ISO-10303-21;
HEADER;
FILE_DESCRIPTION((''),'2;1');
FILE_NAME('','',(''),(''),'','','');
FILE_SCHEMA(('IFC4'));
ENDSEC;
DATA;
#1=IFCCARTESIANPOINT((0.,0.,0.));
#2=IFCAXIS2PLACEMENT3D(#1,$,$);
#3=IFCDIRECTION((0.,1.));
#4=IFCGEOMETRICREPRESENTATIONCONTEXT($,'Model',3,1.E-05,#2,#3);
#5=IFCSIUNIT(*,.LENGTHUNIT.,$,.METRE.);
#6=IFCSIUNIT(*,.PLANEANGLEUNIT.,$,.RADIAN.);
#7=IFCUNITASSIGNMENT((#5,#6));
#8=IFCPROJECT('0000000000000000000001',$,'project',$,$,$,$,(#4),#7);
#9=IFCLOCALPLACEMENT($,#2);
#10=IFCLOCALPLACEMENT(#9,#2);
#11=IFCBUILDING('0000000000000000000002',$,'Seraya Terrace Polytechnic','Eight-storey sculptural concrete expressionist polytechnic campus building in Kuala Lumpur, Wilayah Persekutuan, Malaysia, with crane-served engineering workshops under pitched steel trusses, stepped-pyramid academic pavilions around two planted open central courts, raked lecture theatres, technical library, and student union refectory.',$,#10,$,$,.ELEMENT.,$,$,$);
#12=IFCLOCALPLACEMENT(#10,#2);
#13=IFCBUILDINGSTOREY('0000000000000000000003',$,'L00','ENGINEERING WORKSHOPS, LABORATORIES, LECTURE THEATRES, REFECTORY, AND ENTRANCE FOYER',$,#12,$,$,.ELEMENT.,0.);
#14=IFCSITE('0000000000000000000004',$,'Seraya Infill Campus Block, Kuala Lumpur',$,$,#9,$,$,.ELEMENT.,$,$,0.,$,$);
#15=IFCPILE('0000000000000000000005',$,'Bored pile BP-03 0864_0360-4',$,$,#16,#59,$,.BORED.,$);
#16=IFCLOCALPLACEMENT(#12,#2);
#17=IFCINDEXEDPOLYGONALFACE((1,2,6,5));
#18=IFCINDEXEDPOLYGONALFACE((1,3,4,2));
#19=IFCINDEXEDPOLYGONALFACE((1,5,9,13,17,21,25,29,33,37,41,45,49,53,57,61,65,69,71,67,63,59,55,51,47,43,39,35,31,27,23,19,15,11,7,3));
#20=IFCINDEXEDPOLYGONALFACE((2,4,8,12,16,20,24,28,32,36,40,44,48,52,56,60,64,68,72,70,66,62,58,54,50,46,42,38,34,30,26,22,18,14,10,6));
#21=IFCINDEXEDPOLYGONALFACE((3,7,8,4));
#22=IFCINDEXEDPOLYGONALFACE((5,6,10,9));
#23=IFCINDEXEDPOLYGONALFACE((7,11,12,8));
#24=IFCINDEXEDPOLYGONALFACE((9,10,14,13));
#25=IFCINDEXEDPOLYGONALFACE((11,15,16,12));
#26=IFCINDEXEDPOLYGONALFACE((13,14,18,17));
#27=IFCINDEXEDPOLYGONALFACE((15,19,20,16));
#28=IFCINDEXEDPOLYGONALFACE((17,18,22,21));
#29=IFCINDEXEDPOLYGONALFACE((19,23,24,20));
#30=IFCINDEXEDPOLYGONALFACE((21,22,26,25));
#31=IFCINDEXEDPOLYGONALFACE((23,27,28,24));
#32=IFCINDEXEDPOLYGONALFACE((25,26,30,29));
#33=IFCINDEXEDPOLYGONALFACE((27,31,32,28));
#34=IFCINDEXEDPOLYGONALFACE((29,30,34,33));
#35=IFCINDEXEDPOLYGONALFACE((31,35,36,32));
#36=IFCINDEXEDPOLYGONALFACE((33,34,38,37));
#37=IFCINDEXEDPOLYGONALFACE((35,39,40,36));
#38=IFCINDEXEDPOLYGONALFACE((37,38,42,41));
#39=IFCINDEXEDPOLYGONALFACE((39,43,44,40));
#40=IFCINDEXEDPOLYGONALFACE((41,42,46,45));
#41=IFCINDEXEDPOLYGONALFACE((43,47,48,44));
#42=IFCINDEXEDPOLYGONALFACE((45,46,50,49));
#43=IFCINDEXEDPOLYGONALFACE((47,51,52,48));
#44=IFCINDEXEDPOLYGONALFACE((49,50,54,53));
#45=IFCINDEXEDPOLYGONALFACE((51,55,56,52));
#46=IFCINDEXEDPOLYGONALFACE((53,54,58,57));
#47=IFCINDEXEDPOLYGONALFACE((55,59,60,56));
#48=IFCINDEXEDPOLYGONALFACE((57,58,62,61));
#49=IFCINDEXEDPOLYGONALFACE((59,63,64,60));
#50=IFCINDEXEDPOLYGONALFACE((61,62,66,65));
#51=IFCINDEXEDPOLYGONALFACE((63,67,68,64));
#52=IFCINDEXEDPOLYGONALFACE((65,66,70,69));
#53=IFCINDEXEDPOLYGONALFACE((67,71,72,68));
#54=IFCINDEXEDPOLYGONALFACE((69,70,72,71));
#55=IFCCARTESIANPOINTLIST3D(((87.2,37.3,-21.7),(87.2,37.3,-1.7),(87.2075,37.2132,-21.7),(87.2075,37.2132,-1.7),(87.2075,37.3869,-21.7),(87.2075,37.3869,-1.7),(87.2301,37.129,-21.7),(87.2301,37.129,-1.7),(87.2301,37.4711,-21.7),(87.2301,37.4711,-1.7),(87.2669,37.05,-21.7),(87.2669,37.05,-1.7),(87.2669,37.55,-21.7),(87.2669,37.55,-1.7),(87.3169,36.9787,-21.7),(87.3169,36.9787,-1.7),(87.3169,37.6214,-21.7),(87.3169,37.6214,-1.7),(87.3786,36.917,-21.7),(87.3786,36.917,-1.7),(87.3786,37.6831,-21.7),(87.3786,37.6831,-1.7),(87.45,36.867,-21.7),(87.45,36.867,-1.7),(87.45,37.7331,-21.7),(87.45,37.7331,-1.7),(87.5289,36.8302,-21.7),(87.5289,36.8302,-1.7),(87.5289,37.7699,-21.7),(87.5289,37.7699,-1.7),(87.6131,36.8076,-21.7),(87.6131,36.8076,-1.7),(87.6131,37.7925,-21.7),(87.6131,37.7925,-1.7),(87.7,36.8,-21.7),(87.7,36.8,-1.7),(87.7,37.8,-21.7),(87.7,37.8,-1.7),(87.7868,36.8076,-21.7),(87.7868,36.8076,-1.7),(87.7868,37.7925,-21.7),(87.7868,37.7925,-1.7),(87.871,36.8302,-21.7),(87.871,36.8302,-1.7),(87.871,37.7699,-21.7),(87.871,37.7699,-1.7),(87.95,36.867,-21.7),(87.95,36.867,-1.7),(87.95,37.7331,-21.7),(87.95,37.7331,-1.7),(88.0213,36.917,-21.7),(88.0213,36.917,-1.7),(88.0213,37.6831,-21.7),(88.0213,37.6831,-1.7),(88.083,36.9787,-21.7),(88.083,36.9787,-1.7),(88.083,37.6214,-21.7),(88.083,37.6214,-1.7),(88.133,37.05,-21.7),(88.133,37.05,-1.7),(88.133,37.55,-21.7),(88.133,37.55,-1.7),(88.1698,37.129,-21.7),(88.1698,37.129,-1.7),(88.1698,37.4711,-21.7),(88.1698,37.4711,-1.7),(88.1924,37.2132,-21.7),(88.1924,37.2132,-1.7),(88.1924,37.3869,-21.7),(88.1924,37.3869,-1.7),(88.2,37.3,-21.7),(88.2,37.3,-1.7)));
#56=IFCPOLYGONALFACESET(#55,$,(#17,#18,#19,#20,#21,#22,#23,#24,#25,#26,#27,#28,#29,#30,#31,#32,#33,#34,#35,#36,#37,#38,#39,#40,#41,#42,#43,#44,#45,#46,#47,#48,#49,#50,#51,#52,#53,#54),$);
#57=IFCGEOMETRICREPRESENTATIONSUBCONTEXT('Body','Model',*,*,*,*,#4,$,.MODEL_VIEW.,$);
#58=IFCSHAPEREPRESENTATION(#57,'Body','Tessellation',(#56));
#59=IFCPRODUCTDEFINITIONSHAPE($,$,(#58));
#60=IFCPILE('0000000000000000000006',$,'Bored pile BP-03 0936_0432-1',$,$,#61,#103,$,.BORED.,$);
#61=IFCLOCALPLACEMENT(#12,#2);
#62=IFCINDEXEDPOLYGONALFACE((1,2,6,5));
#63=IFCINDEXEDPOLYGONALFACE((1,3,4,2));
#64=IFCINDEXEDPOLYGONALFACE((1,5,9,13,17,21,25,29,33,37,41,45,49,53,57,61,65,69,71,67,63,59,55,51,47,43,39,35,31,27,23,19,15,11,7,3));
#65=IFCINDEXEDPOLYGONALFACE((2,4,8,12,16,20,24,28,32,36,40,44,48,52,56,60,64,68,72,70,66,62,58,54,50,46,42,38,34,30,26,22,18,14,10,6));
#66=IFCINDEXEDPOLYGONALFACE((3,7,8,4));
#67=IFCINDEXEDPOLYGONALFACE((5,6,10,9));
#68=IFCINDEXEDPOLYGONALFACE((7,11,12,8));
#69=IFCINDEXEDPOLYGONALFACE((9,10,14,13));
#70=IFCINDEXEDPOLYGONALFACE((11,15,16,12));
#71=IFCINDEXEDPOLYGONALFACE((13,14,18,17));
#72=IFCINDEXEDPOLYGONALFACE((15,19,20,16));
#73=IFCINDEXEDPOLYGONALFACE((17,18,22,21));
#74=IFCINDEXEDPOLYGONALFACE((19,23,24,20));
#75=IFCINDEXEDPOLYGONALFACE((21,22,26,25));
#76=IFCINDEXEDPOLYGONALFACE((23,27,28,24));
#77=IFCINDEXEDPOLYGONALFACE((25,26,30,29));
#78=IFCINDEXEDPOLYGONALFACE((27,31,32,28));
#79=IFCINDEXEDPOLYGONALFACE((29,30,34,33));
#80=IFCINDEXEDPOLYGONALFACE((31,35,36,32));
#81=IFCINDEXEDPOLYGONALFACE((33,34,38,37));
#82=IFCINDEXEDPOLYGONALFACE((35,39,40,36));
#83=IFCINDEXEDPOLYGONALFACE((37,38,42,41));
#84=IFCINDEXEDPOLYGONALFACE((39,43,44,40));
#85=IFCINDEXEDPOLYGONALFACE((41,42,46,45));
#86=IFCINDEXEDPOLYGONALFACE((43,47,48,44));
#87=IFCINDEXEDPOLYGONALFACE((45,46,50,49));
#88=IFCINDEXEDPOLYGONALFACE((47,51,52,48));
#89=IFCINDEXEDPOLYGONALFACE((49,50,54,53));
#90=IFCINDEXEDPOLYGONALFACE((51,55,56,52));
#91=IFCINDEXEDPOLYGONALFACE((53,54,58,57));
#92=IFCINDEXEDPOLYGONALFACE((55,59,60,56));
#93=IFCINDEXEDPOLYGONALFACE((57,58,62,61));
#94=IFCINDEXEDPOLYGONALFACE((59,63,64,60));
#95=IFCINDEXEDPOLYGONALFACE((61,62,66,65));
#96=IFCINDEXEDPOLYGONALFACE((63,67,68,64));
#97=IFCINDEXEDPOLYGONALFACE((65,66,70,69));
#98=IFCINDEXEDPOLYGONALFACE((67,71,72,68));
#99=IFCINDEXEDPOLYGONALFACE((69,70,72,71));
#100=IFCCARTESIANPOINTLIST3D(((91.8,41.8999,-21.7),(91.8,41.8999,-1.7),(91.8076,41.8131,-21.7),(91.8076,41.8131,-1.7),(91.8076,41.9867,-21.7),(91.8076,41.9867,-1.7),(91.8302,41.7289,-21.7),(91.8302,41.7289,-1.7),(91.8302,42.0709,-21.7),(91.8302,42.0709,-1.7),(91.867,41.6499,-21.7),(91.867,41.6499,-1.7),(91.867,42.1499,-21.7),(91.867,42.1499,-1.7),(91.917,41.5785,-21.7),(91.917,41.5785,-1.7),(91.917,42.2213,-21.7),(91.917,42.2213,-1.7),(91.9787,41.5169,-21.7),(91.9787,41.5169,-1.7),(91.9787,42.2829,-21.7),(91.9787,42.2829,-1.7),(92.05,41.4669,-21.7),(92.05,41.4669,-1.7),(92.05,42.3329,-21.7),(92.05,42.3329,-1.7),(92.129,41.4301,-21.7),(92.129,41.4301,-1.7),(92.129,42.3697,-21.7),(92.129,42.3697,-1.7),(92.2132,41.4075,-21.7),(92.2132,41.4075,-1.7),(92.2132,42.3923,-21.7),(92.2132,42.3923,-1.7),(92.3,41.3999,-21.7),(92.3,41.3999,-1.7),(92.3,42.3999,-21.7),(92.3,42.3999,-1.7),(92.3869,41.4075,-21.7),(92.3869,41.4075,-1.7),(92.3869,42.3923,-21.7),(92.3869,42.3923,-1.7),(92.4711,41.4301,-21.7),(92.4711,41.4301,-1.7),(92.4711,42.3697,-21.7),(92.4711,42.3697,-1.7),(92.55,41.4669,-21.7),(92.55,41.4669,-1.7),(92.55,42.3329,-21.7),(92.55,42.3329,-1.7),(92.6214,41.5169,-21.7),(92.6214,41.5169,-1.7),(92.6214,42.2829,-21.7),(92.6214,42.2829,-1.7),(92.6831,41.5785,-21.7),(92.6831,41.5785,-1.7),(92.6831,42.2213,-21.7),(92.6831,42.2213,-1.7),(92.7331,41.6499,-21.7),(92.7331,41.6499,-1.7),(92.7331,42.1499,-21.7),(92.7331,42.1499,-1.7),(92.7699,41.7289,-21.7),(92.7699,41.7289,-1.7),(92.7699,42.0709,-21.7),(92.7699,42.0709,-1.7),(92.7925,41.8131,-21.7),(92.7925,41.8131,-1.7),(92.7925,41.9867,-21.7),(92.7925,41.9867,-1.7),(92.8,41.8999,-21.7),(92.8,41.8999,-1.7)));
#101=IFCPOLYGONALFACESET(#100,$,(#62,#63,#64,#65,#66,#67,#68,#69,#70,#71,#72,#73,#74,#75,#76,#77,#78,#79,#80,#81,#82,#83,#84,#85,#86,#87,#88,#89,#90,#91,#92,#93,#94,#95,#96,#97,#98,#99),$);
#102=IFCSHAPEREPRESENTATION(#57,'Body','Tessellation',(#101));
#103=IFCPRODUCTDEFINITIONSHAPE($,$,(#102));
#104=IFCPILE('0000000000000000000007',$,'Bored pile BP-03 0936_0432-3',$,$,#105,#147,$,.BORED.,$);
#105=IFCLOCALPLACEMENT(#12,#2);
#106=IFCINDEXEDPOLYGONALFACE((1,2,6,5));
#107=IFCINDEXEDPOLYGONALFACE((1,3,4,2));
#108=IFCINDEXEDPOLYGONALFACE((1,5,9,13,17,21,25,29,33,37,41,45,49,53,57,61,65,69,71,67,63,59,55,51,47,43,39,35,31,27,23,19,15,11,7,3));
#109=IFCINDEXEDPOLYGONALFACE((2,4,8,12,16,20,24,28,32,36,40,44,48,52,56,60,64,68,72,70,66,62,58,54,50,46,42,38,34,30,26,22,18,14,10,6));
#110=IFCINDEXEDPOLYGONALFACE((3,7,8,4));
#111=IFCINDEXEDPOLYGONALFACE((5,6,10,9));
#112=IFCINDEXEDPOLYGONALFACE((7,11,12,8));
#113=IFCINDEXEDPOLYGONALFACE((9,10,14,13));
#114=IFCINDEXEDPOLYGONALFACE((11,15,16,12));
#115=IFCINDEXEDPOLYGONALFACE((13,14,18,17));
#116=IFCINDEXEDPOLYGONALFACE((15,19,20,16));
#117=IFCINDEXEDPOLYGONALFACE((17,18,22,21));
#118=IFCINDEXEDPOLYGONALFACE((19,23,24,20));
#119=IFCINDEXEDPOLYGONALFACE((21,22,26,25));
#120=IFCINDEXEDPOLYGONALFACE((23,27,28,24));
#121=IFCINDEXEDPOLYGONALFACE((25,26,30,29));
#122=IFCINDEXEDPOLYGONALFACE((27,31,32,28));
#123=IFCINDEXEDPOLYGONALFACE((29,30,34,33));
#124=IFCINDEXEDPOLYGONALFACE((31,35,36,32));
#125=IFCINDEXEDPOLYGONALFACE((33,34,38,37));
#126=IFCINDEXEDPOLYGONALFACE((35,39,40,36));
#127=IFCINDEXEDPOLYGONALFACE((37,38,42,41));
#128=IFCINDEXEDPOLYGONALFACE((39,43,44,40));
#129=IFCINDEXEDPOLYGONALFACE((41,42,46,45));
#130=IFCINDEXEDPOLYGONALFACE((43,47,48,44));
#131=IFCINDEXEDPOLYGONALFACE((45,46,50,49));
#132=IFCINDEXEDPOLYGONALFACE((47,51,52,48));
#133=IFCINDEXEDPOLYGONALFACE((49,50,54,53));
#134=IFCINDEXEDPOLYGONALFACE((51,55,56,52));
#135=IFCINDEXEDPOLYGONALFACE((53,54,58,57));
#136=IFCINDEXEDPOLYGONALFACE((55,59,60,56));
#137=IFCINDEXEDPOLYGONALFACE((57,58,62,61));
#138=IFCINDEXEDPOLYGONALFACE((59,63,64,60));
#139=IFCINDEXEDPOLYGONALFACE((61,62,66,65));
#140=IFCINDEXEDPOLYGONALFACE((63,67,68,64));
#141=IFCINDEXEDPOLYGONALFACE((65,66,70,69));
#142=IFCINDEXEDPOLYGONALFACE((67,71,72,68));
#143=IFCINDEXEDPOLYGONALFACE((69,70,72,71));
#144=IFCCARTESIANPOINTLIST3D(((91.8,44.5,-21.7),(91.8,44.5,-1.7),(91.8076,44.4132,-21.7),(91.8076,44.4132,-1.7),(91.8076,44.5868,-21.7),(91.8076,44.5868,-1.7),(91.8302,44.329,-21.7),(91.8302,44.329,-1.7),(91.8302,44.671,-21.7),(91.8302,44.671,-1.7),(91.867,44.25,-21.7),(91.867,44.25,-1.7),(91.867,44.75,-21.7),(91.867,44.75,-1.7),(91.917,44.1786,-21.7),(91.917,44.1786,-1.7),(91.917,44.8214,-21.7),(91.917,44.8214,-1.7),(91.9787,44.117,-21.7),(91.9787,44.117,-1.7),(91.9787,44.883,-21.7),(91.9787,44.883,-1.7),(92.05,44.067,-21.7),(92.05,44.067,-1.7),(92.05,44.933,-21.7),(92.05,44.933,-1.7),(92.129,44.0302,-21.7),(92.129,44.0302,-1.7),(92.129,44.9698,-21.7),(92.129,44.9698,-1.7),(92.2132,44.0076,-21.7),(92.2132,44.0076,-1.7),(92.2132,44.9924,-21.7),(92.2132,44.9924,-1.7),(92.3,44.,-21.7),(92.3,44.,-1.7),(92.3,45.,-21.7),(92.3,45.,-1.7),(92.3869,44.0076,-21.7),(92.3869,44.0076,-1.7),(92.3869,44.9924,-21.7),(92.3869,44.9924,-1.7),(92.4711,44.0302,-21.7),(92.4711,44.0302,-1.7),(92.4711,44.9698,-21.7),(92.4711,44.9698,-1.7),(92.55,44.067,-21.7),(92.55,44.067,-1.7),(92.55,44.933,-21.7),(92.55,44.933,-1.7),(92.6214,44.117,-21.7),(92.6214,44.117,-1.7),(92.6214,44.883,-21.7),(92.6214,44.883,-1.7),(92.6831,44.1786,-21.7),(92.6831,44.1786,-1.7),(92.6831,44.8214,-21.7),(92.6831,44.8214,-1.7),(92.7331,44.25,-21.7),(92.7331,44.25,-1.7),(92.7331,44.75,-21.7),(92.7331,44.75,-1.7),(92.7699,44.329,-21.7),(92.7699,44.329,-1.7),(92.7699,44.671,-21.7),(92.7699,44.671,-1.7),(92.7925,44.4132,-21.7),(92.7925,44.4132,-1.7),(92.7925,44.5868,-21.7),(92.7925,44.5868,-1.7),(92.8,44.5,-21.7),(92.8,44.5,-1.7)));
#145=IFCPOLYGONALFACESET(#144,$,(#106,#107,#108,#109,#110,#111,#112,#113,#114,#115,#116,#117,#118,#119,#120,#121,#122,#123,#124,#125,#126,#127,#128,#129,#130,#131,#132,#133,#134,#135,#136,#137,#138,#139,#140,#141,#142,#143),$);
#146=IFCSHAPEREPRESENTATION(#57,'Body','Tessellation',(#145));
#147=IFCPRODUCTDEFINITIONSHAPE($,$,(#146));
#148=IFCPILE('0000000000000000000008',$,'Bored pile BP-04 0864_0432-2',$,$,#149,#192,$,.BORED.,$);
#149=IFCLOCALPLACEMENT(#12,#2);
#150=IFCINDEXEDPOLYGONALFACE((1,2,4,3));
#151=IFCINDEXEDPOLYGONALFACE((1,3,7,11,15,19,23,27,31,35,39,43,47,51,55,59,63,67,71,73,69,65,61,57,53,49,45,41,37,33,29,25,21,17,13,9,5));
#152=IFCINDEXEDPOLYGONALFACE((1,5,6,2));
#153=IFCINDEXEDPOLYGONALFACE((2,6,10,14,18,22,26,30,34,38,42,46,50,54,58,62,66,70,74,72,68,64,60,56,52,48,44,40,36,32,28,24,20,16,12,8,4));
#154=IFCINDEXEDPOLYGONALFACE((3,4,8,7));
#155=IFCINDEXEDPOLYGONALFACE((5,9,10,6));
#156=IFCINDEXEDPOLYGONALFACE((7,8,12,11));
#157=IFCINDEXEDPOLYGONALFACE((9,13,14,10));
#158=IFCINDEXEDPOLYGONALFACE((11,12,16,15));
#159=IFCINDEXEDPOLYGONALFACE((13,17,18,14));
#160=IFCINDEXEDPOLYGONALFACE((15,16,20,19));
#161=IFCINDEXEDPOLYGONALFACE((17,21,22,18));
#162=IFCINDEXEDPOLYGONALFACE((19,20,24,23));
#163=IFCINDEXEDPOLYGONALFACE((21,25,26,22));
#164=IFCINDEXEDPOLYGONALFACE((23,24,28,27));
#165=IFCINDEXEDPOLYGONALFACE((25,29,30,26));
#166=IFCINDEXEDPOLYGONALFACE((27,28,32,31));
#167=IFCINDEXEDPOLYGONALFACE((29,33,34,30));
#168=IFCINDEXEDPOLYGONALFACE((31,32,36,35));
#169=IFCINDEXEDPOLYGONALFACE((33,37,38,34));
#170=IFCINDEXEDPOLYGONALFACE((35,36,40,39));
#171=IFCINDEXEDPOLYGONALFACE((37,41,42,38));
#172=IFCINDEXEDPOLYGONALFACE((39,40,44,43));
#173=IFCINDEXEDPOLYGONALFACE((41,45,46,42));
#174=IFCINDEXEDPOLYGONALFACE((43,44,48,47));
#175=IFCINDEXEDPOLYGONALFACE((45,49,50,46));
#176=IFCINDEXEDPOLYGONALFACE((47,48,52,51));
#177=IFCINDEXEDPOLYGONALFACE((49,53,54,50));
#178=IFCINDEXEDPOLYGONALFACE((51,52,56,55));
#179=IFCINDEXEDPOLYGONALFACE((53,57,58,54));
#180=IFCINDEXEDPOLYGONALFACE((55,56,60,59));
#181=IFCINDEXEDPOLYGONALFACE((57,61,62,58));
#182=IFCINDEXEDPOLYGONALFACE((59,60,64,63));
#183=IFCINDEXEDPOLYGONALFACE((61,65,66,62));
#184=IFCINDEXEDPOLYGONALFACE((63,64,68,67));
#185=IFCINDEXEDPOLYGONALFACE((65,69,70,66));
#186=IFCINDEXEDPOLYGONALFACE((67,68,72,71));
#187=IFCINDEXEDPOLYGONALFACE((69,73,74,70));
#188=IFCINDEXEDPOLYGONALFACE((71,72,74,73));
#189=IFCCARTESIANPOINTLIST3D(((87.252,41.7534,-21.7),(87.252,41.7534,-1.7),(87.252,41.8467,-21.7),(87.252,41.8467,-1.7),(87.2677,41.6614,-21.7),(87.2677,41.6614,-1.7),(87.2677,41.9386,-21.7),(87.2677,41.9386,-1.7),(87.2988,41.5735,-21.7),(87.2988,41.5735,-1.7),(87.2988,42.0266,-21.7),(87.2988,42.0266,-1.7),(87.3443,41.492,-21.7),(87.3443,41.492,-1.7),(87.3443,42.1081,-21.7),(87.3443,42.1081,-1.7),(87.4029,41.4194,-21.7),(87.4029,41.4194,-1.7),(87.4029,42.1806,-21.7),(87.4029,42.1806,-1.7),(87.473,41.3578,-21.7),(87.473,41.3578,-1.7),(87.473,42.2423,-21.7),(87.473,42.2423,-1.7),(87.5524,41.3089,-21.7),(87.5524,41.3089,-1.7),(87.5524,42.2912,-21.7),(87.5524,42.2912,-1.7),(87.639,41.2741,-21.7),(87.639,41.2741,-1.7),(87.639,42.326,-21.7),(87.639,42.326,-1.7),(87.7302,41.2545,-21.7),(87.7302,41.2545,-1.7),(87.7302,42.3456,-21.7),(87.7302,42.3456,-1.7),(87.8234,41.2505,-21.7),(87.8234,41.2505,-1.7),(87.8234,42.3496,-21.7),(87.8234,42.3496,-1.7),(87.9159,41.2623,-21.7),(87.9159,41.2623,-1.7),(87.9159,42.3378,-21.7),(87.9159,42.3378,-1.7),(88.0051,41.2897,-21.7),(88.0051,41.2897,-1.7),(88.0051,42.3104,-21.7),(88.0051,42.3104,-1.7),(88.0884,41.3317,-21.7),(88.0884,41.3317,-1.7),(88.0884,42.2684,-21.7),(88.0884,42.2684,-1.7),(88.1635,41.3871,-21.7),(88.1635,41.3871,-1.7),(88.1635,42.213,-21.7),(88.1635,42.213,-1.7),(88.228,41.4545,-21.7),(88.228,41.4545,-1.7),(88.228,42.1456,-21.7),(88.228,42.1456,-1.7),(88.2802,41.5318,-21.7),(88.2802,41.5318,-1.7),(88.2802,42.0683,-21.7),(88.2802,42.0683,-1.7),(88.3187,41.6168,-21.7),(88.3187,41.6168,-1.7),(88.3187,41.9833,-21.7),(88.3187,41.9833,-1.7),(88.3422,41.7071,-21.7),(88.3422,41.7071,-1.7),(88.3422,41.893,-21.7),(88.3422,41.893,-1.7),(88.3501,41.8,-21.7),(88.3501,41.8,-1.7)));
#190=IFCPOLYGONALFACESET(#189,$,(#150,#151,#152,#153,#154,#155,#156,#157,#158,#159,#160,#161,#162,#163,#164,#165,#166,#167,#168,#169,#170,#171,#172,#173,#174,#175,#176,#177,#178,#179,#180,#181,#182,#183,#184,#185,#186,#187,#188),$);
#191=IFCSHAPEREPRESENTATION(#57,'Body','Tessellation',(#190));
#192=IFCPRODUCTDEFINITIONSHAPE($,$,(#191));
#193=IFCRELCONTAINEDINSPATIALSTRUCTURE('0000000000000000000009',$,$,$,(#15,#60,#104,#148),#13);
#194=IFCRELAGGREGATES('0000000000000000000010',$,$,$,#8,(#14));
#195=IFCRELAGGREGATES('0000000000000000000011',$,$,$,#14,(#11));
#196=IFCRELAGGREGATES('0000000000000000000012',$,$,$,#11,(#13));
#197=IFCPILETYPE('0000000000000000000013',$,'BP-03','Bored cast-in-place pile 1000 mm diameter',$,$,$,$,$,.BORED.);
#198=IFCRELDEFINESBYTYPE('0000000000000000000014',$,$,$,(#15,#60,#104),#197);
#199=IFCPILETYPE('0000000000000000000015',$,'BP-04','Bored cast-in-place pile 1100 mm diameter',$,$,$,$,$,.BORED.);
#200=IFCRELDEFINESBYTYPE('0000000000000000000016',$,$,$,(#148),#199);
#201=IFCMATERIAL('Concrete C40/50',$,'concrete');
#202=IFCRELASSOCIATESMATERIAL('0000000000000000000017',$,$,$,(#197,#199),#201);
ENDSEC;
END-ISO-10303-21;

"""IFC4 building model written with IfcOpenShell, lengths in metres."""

from ifc_helpers import new_model, si_unit, direction, frame, origin, origin_2d, place, context, subcontext, project, spatial, circle, extrude, material, material_profile, profile_set, type_object, element, save


model = new_model("IFC4")

# Units and contexts
model_context = context("Model", 3, precision=1e-05, world=origin(), true_north=direction((0.0, 1.0)))
body_context = subcontext(model_context, "Body", "Model", "MODEL_VIEW")
ifc_project = project(units=[si_unit("LENGTHUNIT", "METRE"), si_unit("PLANEANGLEUNIT", "RADIAN")], contexts=[model_context])

# Site, building, storey
site_placement = place(None, origin())
site = spatial("IfcSite", under=ifc_project, at=site_placement, Name="Seraya Infill Campus Block, Kuala Lumpur", CompositionType="ELEMENT", RefElevation=0.0)
building_placement = place(site_placement, origin())
building = spatial("IfcBuilding", under=site, at=building_placement, Name="Seraya Terrace Polytechnic", Description="Eight-storey sculptural concrete expressionist polytechnic campus building in Kuala Lumpur, Wilayah Persekutuan, Malaysia, with crane-served engineering workshops under pitched steel trusses, stepped-pyramid academic pavilions around two planted open central courts, raked lecture theatres, technical library, and student union refectory.", CompositionType="ELEMENT")
storey_placement = place(building_placement, origin())
storey = spatial("IfcBuildingStorey", under=building, at=storey_placement, Name="L00", Description="ENGINEERING WORKSHOPS, LABORATORIES, LECTURE THEATRES, REFECTORY, AND ENTRANCE FOYER", CompositionType="ELEMENT", Elevation=0.0)

# Piles
ifc_material_1 = material(Name="Concrete C40/50", Category="concrete")
ifc_material_profile_1 = material_profile(ifc_material_1, circle(Radius=0.5, at=origin_2d()), Name="DIA 1000")
ifc_profile_set_1 = profile_set([ifc_material_profile_1], Name="Concrete C40/50")
pile_type_1 = type_object("IfcPileType", Name="BP-03", Description="Bored cast-in-place pile 1000 mm diameter", PredefinedType="BORED", material=ifc_profile_set_1)
for number, where, z_axis, x_axis, name in (
    (1, (87.7, 37.3, -1.7), (0.0, 0.0, -1.0), (1.0, 0.0, 0.0), "Bored pile BP-03 0864_0360-4"),
    (2, (92.3, 41.8999, -1.7), (0.0, 0.0, -1.0), (1.0, 0.0, 0.0), "Bored pile BP-03 0936_0432-1"),
    (3, (92.3, 44.5, -1.7), (0.0, 0.0, -1.0), (1.0, 0.0, 0.0), "Bored pile BP-03 0936_0432-3"),
):
    element("IfcPile", number, at=place(storey_placement, frame(where, z_axis=z_axis, x_axis=x_axis)), inside=storey, type_object=pile_type_1, Name=name, PredefinedType="BORED", context=body_context, shape_type="SweptSolid", body=[
        extrude(circle(Radius=0.5, at=origin_2d()), origin(), (0.0, 0.0, 1.0), 20.0),
    ])
ifc_material_profile_2 = material_profile(ifc_material_1, circle(Radius=0.55, at=origin_2d()), Name="DIA 1100")
ifc_profile_set_2 = profile_set([ifc_material_profile_2], Name="Concrete C40/50")
pile_type_2 = type_object("IfcPileType", Name="BP-04", Description="Bored cast-in-place pile 1100 mm diameter", PredefinedType="BORED", material=ifc_profile_set_2)
for number, where, z_axis, x_axis, name in (
    (4, (87.8, 41.8, -1.7), (0.0, 0.0, -1.0), (1.0, 0.0, 0.0), "Bored pile BP-04 0864_0432-2"),
):
    element("IfcPile", number, at=place(storey_placement, frame(where, z_axis=z_axis, x_axis=x_axis)), inside=storey, type_object=pile_type_2, Name=name, PredefinedType="BORED", context=body_context, shape_type="SweptSolid", body=[
        extrude(circle(Radius=0.55, at=origin_2d()), origin(), (0.0, 0.0, 1.0), 20.0),
    ])

save(model, "model.ifc")
